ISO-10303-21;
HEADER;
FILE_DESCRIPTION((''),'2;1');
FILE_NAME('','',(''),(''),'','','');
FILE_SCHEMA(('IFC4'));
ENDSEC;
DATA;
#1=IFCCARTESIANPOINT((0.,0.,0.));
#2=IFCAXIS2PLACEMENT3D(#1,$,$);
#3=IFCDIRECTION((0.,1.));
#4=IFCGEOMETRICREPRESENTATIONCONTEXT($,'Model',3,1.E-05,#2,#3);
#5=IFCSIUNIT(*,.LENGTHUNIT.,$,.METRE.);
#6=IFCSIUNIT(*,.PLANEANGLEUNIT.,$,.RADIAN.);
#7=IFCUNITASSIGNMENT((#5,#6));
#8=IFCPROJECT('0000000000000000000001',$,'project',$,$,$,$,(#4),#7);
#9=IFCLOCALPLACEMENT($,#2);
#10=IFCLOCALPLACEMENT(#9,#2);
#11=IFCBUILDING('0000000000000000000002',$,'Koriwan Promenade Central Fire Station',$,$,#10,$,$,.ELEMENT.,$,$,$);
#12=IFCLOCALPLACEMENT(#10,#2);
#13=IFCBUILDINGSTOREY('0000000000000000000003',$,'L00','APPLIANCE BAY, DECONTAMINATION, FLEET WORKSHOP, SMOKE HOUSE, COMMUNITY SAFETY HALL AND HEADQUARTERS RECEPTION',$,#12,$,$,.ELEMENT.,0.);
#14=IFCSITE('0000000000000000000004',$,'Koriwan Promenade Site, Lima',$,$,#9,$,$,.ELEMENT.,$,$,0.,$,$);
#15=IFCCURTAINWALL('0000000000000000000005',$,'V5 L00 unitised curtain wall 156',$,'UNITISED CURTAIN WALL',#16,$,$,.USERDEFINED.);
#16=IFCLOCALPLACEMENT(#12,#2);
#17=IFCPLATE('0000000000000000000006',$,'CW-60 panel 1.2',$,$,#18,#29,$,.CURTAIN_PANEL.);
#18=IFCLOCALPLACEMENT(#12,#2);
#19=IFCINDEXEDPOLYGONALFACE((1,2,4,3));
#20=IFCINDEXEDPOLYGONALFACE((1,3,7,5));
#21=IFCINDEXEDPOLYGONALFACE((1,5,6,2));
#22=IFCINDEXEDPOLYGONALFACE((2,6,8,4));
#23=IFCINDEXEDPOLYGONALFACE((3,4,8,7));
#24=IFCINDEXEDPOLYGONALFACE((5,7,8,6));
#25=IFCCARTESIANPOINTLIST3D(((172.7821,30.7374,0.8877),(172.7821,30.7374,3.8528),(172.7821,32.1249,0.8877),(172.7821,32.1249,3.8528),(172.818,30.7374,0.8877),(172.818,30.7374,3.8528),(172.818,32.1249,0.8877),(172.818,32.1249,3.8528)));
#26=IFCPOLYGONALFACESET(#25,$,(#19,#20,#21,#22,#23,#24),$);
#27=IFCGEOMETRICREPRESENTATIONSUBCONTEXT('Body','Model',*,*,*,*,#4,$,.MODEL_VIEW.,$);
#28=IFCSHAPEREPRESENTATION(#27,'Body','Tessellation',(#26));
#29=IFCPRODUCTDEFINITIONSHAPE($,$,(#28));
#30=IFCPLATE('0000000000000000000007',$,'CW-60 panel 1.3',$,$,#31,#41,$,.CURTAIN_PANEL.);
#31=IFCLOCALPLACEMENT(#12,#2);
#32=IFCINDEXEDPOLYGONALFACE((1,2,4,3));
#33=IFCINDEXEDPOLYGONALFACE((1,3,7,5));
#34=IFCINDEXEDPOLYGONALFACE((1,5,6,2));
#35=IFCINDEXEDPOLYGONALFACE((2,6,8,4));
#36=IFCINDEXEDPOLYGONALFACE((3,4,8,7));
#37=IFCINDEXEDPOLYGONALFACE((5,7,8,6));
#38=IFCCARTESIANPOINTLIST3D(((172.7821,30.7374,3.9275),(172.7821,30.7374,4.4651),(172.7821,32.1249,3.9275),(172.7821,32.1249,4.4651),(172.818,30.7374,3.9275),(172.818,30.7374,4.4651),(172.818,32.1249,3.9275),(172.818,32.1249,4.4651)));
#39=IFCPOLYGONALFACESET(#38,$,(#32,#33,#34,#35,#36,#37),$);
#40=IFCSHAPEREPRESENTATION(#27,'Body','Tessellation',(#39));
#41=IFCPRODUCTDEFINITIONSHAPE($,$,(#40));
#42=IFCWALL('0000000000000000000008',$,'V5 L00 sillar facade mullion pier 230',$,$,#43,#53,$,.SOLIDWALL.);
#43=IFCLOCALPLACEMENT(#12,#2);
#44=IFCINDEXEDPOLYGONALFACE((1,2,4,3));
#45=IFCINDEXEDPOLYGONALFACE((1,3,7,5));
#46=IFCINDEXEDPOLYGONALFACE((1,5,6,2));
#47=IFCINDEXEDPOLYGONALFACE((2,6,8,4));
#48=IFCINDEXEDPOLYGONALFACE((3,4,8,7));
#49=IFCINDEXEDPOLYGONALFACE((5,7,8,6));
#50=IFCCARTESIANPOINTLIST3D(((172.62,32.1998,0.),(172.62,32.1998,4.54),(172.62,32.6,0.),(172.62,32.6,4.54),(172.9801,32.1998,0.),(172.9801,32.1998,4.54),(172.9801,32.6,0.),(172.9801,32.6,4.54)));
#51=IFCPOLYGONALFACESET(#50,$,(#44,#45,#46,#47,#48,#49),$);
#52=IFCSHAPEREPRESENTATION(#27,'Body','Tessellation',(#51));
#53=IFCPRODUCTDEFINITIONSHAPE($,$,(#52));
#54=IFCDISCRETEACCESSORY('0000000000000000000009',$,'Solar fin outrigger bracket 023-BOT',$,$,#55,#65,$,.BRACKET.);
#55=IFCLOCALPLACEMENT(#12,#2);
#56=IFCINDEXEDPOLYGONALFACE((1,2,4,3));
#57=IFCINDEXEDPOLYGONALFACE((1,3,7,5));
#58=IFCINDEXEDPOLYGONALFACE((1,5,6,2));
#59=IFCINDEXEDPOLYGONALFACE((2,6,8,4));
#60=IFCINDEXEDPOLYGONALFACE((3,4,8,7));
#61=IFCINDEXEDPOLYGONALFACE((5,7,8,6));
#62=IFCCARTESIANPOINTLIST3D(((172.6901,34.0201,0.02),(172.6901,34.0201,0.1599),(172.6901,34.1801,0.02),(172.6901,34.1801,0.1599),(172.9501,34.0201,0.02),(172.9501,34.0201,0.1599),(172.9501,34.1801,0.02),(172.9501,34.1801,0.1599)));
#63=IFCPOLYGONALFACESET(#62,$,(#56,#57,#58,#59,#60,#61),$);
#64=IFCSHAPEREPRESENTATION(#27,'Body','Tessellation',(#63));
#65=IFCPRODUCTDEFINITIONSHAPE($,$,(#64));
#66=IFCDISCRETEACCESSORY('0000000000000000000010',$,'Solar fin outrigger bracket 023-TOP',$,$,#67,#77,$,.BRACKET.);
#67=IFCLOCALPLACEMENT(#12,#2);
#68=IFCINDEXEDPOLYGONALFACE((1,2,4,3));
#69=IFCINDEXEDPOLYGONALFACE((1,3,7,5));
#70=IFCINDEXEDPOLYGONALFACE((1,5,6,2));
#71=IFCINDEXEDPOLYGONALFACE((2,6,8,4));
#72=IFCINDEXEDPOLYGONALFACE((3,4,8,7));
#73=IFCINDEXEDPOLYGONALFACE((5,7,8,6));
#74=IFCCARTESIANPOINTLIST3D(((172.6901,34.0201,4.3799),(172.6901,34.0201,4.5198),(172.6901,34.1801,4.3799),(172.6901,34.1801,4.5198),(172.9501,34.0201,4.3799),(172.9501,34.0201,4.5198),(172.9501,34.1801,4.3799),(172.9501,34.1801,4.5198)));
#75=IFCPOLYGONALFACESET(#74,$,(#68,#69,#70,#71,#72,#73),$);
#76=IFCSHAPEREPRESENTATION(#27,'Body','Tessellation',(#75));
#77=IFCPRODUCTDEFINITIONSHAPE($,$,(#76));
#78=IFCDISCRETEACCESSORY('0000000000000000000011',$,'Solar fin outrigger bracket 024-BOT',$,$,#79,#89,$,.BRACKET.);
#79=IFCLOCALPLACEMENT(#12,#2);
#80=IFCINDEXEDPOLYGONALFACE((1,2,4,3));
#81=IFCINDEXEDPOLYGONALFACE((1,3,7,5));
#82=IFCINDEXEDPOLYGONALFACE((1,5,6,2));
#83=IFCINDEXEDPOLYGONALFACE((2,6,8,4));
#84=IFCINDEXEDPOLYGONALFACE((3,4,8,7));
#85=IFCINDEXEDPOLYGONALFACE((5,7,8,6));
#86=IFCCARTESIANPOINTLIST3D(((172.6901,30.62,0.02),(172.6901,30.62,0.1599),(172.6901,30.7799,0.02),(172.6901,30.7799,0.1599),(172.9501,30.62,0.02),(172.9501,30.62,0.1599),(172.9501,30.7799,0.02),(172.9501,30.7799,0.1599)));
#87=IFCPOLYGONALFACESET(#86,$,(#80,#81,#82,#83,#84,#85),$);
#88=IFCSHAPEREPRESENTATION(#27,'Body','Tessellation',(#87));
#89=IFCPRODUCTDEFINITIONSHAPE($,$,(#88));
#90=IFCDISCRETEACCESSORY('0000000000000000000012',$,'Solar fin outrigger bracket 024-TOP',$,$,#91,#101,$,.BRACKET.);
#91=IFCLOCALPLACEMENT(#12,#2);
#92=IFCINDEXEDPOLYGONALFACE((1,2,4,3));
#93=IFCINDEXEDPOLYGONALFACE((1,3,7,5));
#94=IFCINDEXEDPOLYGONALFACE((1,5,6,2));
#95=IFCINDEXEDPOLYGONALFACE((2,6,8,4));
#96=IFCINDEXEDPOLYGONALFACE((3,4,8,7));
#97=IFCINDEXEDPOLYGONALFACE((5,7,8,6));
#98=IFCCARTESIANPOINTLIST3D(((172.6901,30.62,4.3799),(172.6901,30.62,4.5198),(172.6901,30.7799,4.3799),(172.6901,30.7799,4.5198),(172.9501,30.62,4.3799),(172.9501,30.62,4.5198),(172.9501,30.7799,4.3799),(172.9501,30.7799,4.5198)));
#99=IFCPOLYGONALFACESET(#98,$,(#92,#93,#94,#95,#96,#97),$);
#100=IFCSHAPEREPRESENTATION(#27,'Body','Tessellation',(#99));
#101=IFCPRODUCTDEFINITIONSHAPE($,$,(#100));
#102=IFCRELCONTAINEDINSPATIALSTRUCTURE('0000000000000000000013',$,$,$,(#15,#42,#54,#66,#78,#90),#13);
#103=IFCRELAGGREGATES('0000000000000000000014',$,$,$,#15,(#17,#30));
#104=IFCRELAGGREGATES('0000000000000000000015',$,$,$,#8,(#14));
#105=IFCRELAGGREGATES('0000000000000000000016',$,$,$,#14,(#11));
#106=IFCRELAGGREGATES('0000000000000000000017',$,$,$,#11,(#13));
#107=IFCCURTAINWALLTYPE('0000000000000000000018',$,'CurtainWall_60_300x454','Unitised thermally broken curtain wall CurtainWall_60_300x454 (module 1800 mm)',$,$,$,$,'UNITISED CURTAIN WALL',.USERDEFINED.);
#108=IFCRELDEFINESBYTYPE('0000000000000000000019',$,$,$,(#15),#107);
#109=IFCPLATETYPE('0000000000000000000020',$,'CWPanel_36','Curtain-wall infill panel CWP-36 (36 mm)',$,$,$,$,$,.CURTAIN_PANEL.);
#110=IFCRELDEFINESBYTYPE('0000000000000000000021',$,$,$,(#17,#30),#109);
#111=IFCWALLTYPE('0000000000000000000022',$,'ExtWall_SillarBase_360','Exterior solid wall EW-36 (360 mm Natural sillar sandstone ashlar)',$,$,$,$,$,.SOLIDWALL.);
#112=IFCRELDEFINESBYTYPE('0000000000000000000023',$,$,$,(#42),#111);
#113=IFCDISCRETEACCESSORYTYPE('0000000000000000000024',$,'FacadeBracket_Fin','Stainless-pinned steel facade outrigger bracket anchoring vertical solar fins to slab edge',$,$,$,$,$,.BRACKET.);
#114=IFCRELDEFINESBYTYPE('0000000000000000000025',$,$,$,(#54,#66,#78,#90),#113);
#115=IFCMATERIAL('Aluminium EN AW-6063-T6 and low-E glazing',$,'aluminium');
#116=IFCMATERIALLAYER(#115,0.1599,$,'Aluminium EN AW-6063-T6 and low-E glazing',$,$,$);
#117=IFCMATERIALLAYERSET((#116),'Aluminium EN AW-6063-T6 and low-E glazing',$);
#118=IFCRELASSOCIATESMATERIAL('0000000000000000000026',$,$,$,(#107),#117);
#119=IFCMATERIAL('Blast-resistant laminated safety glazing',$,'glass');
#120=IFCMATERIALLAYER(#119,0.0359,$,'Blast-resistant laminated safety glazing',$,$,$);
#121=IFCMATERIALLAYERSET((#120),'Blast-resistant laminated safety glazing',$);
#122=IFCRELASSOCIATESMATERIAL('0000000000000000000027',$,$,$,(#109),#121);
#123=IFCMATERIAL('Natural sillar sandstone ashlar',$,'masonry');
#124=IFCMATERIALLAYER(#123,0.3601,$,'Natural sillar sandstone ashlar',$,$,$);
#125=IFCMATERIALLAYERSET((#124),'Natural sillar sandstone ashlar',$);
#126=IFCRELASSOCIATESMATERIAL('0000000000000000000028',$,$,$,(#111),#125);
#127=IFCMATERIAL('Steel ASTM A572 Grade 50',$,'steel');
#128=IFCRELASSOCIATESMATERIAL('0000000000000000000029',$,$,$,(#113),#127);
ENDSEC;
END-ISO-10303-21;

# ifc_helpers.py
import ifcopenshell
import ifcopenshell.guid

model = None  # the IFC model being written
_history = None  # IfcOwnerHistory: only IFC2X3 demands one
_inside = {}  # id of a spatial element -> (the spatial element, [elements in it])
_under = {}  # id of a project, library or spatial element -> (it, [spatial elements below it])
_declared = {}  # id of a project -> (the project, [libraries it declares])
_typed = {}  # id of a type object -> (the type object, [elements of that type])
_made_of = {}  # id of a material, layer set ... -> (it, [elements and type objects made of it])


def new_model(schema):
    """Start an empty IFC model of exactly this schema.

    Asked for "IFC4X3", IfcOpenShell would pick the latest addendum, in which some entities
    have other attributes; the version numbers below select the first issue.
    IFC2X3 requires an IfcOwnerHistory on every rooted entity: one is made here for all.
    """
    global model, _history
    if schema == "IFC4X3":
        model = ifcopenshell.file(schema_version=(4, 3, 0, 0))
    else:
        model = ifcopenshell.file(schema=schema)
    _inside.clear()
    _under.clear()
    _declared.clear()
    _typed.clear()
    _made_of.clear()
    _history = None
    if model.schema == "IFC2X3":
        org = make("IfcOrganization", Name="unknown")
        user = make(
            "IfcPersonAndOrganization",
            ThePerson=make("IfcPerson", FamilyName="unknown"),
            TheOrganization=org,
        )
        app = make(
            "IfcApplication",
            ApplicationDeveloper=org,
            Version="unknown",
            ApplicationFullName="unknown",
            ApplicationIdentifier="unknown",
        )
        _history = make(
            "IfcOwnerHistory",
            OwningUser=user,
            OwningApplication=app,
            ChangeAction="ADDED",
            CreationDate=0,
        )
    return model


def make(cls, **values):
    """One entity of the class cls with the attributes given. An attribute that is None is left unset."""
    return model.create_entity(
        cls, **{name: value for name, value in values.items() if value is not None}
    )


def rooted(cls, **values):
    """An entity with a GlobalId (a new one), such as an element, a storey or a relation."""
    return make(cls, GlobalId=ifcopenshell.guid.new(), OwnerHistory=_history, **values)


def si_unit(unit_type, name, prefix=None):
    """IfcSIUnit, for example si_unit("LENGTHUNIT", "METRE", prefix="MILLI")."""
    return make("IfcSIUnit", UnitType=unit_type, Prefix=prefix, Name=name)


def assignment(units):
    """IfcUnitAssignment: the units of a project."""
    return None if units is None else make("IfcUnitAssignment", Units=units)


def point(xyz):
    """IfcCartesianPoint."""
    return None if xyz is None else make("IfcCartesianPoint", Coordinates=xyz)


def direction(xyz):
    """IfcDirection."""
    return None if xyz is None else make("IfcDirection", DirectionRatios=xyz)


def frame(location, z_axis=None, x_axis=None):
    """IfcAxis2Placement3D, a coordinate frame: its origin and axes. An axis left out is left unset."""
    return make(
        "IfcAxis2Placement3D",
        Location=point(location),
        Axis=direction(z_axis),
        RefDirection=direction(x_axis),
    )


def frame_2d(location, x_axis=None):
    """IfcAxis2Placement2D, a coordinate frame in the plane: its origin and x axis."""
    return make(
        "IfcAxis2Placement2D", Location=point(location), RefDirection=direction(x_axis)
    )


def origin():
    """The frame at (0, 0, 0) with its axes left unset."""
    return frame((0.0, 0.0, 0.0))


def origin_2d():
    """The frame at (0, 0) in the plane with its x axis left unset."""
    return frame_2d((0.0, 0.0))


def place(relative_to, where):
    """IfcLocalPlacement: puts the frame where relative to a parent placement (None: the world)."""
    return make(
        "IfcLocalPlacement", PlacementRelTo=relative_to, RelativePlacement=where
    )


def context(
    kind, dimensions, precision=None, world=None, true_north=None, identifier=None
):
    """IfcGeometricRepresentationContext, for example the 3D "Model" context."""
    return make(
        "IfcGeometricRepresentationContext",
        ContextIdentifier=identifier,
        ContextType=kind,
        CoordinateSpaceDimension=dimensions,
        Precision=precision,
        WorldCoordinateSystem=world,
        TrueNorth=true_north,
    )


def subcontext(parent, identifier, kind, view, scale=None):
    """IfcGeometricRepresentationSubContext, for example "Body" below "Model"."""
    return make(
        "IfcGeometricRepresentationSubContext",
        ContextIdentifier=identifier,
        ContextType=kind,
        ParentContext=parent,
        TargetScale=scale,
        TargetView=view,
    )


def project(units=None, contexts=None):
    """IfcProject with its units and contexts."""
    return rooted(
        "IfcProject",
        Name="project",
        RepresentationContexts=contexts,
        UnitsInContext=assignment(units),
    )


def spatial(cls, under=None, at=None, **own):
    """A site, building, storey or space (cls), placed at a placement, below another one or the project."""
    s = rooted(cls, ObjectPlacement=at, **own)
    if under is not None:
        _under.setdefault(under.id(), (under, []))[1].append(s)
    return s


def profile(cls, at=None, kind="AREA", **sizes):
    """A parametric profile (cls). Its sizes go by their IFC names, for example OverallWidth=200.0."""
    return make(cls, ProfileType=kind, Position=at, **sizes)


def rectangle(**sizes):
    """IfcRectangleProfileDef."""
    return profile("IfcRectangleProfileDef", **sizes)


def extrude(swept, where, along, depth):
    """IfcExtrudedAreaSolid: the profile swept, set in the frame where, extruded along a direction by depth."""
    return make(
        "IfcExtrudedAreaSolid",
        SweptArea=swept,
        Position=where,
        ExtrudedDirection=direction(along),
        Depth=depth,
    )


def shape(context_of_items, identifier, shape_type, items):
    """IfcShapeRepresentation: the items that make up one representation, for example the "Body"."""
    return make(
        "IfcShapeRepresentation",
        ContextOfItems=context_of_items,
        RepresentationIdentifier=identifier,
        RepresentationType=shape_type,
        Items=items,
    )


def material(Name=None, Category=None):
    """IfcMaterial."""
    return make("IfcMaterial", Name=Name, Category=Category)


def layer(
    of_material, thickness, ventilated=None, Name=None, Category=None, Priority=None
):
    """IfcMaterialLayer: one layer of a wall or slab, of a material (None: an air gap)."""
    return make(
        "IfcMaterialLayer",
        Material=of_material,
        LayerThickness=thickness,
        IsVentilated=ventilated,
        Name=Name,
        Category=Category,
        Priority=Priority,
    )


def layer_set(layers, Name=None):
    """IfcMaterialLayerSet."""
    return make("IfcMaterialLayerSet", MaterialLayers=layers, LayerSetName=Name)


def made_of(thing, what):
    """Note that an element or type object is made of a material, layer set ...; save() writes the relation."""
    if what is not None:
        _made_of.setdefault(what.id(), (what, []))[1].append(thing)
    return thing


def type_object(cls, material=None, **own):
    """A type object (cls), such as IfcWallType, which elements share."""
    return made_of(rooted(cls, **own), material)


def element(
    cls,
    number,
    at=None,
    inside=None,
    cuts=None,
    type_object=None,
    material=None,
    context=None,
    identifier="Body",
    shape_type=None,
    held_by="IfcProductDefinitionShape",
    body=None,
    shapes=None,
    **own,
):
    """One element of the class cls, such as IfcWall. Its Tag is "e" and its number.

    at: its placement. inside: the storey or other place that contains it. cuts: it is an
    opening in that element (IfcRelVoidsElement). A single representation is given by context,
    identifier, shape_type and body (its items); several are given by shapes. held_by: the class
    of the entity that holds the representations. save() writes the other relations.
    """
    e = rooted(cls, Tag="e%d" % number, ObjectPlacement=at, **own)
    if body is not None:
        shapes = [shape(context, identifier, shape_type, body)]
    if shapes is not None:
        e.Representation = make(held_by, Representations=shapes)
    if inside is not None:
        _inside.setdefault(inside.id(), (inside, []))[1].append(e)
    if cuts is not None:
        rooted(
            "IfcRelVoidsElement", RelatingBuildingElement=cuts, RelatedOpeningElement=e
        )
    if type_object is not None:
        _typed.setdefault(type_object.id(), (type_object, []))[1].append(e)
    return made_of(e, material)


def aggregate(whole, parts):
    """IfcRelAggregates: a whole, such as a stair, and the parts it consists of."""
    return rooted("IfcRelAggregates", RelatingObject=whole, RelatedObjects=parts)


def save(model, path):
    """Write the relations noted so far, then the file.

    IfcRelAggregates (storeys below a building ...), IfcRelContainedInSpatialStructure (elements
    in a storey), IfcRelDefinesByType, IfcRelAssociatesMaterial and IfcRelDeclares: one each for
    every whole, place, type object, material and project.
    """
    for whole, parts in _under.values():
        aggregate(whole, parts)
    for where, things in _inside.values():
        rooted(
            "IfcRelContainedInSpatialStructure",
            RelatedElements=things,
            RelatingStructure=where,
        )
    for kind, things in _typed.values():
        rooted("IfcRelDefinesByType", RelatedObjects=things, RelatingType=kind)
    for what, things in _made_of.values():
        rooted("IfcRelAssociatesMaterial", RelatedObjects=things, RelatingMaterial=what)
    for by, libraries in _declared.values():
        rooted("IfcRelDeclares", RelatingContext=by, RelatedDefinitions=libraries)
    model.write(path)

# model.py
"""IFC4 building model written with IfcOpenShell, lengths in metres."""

from ifc_helpers import new_model, si_unit, direction, frame, frame_2d, origin, origin_2d, place, context, subcontext, project, spatial, rectangle, extrude, material, layer, layer_set, type_object, element, aggregate, save


model = new_model("IFC4")

# Units and contexts
model_context = context("Model", 3, precision=1e-05, world=origin(), true_north=direction((0.0, 1.0)))
body_context = subcontext(model_context, "Body", "Model", "MODEL_VIEW")
ifc_project = project(units=[si_unit("LENGTHUNIT", "METRE"), si_unit("PLANEANGLEUNIT", "RADIAN")], contexts=[model_context])

# Site, building, storey
site_placement = place(None, origin())
site = spatial("IfcSite", under=ifc_project, at=site_placement, Name="Koriwan Promenade Site, Lima", CompositionType="ELEMENT", RefElevation=0.0)
building_placement = place(site_placement, origin())
building = spatial("IfcBuilding", under=site, at=building_placement, Name="Koriwan Promenade Central Fire Station", CompositionType="ELEMENT")
storey_placement = place(building_placement, origin())
storey = spatial("IfcBuildingStorey", under=building, at=storey_placement, Name="L00", Description="APPLIANCE BAY, DECONTAMINATION, FLEET WORKSHOP, SMOKE HOUSE, COMMUNITY SAFETY HALL AND HEADQUARTERS RECEPTION", CompositionType="ELEMENT", Elevation=0.0)

# Curtain wall
ifc_material_1 = material(Name="Aluminium EN AW-6063-T6 and low-E glazing", Category="aluminium")
ifc_layer_1 = layer(ifc_material_1, 0.1599, Name="Aluminium EN AW-6063-T6 and low-E glazing")
ifc_layer_set_1 = layer_set([ifc_layer_1], Name="Aluminium EN AW-6063-T6 and low-E glazing")
curtain_wall_type_1 = type_object("IfcCurtainWallType", Name="CurtainWall_60_300x454", Description="Unitised thermally broken curtain wall CurtainWall_60_300x454 (module 1800 mm)", ElementType="UNITISED CURTAIN WALL", PredefinedType="USERDEFINED", material=ifc_layer_set_1)
curtain_wall_1_placement = place(storey_placement, origin())
curtain_wall_1 = element("IfcCurtainWall", 1, at=curtain_wall_1_placement, inside=storey, type_object=curtain_wall_type_1, Name="V5 L00 unitised curtain wall 156", ObjectType="UNITISED CURTAIN WALL", PredefinedType="USERDEFINED")

# Plates
ifc_material_2 = material(Name="Blast-resistant laminated safety glazing", Category="glass")
ifc_layer_2 = layer(ifc_material_2, 0.0359, Name="Blast-resistant laminated safety glazing")
ifc_layer_set_2 = layer_set([ifc_layer_2], Name="Blast-resistant laminated safety glazing")
plate_type = type_object("IfcPlateType", Name="CWPanel_36", Description="Curtain-wall infill panel CWP-36 (36 mm)", PredefinedType="CURTAIN_PANEL", material=ifc_layer_set_2)
plate_1_placement = place(storey_placement, frame((172.8, 31.4312, 0.8877), z_axis=(0.0, 0.0, 1.0), x_axis=(0.0, -1.0, 0.0)))
plate_1 = element("IfcPlate", 2, at=plate_1_placement, type_object=plate_type, Name="CW-60 panel 1.2", PredefinedType="CURTAIN_PANEL", context=body_context, shape_type="SweptSolid", body=[
    extrude(rectangle(XDim=1.3875, YDim=0.0359, at=origin_2d()), origin(), (0.0, 0.0, 1.0), 2.9651),
])
plate_2_placement = place(storey_placement, frame((172.8, 31.4312, 3.9275), z_axis=(0.0, 0.0, 1.0), x_axis=(0.0, -1.0, 0.0)))
plate_2 = element("IfcPlate", 3, at=plate_2_placement, type_object=plate_type, Name="CW-60 panel 1.3", PredefinedType="CURTAIN_PANEL", context=body_context, shape_type="SweptSolid", body=[
    extrude(rectangle(XDim=1.3875, YDim=0.0359, at=origin_2d()), origin(), (0.0, 0.0, 1.0), 0.5376),
])
aggregate(curtain_wall_1, [plate_1, plate_2])

# Wall
ifc_material_3 = material(Name="Natural sillar sandstone ashlar", Category="masonry")
ifc_layer_3 = layer(ifc_material_3, 0.3601, Name="Natural sillar sandstone ashlar")
ifc_layer_set_3 = layer_set([ifc_layer_3], Name="Natural sillar sandstone ashlar")
wall_type = type_object("IfcWallType", Name="ExtWall_SillarBase_360", Description="Exterior solid wall EW-36 (360 mm Natural sillar sandstone ashlar)", PredefinedType="SOLIDWALL", material=ifc_layer_set_3)
wall_placement = place(storey_placement, frame((172.8, 32.6001, 0.0), z_axis=(0.0, 0.0, 1.0), x_axis=(0.0, -1.0, 0.0)))
element("IfcWall", 4, at=wall_placement, inside=storey, type_object=wall_type, Name="V5 L00 sillar facade mullion pier 230", PredefinedType="SOLIDWALL", context=body_context, shape_type="SweptSolid", body=[
    extrude(rectangle(XDim=0.4001, YDim=0.3601, at=frame_2d((0.2002, 0.0))), origin(), (0.0, 0.0, 1.0), 4.54),
])

# Discrete accessories
ifc_material_4 = material(Name="Steel ASTM A572 Grade 50", Category="steel")
discrete_accessory_type = type_object("IfcDiscreteAccessoryType", Name="FacadeBracket_Fin", Description="Stainless-pinned steel facade outrigger bracket anchoring vertical solar fins to slab edge", PredefinedType="BRACKET", material=ifc_material_4)
for number, where, z_axis, x_axis, name in (
    (5, (172.8201, 34.1001, 0.02), (0.0, 0.0, 1.0), (1.0, 0.0, 0.0), "Solar fin outrigger bracket 023-BOT"),
    (6, (172.8201, 34.1001, 4.3799), (0.0, 0.0, 1.0), (1.0, 0.0, 0.0), "Solar fin outrigger bracket 023-TOP"),
    (7, (172.8201, 30.7, 0.02), (0.0, 0.0, 1.0), (1.0, 0.0, 0.0), "Solar fin outrigger bracket 024-BOT"),
    (8, (172.8201, 30.7, 4.3799), (0.0, 0.0, 1.0), (1.0, 0.0, 0.0), "Solar fin outrigger bracket 024-TOP"),
):
    element("IfcDiscreteAccessory", number, at=place(storey_placement, frame(where, z_axis=z_axis, x_axis=x_axis)), inside=storey, type_object=discrete_accessory_type, Name=name, PredefinedType="BRACKET", context=body_context, shape_type="SweptSolid", body=[
        extrude(rectangle(XDim=0.26, YDim=0.1599, at=origin_2d()), origin(), (0.0, 0.0, 1.0), 0.1399),
    ])

save(model, "model.ifc")
